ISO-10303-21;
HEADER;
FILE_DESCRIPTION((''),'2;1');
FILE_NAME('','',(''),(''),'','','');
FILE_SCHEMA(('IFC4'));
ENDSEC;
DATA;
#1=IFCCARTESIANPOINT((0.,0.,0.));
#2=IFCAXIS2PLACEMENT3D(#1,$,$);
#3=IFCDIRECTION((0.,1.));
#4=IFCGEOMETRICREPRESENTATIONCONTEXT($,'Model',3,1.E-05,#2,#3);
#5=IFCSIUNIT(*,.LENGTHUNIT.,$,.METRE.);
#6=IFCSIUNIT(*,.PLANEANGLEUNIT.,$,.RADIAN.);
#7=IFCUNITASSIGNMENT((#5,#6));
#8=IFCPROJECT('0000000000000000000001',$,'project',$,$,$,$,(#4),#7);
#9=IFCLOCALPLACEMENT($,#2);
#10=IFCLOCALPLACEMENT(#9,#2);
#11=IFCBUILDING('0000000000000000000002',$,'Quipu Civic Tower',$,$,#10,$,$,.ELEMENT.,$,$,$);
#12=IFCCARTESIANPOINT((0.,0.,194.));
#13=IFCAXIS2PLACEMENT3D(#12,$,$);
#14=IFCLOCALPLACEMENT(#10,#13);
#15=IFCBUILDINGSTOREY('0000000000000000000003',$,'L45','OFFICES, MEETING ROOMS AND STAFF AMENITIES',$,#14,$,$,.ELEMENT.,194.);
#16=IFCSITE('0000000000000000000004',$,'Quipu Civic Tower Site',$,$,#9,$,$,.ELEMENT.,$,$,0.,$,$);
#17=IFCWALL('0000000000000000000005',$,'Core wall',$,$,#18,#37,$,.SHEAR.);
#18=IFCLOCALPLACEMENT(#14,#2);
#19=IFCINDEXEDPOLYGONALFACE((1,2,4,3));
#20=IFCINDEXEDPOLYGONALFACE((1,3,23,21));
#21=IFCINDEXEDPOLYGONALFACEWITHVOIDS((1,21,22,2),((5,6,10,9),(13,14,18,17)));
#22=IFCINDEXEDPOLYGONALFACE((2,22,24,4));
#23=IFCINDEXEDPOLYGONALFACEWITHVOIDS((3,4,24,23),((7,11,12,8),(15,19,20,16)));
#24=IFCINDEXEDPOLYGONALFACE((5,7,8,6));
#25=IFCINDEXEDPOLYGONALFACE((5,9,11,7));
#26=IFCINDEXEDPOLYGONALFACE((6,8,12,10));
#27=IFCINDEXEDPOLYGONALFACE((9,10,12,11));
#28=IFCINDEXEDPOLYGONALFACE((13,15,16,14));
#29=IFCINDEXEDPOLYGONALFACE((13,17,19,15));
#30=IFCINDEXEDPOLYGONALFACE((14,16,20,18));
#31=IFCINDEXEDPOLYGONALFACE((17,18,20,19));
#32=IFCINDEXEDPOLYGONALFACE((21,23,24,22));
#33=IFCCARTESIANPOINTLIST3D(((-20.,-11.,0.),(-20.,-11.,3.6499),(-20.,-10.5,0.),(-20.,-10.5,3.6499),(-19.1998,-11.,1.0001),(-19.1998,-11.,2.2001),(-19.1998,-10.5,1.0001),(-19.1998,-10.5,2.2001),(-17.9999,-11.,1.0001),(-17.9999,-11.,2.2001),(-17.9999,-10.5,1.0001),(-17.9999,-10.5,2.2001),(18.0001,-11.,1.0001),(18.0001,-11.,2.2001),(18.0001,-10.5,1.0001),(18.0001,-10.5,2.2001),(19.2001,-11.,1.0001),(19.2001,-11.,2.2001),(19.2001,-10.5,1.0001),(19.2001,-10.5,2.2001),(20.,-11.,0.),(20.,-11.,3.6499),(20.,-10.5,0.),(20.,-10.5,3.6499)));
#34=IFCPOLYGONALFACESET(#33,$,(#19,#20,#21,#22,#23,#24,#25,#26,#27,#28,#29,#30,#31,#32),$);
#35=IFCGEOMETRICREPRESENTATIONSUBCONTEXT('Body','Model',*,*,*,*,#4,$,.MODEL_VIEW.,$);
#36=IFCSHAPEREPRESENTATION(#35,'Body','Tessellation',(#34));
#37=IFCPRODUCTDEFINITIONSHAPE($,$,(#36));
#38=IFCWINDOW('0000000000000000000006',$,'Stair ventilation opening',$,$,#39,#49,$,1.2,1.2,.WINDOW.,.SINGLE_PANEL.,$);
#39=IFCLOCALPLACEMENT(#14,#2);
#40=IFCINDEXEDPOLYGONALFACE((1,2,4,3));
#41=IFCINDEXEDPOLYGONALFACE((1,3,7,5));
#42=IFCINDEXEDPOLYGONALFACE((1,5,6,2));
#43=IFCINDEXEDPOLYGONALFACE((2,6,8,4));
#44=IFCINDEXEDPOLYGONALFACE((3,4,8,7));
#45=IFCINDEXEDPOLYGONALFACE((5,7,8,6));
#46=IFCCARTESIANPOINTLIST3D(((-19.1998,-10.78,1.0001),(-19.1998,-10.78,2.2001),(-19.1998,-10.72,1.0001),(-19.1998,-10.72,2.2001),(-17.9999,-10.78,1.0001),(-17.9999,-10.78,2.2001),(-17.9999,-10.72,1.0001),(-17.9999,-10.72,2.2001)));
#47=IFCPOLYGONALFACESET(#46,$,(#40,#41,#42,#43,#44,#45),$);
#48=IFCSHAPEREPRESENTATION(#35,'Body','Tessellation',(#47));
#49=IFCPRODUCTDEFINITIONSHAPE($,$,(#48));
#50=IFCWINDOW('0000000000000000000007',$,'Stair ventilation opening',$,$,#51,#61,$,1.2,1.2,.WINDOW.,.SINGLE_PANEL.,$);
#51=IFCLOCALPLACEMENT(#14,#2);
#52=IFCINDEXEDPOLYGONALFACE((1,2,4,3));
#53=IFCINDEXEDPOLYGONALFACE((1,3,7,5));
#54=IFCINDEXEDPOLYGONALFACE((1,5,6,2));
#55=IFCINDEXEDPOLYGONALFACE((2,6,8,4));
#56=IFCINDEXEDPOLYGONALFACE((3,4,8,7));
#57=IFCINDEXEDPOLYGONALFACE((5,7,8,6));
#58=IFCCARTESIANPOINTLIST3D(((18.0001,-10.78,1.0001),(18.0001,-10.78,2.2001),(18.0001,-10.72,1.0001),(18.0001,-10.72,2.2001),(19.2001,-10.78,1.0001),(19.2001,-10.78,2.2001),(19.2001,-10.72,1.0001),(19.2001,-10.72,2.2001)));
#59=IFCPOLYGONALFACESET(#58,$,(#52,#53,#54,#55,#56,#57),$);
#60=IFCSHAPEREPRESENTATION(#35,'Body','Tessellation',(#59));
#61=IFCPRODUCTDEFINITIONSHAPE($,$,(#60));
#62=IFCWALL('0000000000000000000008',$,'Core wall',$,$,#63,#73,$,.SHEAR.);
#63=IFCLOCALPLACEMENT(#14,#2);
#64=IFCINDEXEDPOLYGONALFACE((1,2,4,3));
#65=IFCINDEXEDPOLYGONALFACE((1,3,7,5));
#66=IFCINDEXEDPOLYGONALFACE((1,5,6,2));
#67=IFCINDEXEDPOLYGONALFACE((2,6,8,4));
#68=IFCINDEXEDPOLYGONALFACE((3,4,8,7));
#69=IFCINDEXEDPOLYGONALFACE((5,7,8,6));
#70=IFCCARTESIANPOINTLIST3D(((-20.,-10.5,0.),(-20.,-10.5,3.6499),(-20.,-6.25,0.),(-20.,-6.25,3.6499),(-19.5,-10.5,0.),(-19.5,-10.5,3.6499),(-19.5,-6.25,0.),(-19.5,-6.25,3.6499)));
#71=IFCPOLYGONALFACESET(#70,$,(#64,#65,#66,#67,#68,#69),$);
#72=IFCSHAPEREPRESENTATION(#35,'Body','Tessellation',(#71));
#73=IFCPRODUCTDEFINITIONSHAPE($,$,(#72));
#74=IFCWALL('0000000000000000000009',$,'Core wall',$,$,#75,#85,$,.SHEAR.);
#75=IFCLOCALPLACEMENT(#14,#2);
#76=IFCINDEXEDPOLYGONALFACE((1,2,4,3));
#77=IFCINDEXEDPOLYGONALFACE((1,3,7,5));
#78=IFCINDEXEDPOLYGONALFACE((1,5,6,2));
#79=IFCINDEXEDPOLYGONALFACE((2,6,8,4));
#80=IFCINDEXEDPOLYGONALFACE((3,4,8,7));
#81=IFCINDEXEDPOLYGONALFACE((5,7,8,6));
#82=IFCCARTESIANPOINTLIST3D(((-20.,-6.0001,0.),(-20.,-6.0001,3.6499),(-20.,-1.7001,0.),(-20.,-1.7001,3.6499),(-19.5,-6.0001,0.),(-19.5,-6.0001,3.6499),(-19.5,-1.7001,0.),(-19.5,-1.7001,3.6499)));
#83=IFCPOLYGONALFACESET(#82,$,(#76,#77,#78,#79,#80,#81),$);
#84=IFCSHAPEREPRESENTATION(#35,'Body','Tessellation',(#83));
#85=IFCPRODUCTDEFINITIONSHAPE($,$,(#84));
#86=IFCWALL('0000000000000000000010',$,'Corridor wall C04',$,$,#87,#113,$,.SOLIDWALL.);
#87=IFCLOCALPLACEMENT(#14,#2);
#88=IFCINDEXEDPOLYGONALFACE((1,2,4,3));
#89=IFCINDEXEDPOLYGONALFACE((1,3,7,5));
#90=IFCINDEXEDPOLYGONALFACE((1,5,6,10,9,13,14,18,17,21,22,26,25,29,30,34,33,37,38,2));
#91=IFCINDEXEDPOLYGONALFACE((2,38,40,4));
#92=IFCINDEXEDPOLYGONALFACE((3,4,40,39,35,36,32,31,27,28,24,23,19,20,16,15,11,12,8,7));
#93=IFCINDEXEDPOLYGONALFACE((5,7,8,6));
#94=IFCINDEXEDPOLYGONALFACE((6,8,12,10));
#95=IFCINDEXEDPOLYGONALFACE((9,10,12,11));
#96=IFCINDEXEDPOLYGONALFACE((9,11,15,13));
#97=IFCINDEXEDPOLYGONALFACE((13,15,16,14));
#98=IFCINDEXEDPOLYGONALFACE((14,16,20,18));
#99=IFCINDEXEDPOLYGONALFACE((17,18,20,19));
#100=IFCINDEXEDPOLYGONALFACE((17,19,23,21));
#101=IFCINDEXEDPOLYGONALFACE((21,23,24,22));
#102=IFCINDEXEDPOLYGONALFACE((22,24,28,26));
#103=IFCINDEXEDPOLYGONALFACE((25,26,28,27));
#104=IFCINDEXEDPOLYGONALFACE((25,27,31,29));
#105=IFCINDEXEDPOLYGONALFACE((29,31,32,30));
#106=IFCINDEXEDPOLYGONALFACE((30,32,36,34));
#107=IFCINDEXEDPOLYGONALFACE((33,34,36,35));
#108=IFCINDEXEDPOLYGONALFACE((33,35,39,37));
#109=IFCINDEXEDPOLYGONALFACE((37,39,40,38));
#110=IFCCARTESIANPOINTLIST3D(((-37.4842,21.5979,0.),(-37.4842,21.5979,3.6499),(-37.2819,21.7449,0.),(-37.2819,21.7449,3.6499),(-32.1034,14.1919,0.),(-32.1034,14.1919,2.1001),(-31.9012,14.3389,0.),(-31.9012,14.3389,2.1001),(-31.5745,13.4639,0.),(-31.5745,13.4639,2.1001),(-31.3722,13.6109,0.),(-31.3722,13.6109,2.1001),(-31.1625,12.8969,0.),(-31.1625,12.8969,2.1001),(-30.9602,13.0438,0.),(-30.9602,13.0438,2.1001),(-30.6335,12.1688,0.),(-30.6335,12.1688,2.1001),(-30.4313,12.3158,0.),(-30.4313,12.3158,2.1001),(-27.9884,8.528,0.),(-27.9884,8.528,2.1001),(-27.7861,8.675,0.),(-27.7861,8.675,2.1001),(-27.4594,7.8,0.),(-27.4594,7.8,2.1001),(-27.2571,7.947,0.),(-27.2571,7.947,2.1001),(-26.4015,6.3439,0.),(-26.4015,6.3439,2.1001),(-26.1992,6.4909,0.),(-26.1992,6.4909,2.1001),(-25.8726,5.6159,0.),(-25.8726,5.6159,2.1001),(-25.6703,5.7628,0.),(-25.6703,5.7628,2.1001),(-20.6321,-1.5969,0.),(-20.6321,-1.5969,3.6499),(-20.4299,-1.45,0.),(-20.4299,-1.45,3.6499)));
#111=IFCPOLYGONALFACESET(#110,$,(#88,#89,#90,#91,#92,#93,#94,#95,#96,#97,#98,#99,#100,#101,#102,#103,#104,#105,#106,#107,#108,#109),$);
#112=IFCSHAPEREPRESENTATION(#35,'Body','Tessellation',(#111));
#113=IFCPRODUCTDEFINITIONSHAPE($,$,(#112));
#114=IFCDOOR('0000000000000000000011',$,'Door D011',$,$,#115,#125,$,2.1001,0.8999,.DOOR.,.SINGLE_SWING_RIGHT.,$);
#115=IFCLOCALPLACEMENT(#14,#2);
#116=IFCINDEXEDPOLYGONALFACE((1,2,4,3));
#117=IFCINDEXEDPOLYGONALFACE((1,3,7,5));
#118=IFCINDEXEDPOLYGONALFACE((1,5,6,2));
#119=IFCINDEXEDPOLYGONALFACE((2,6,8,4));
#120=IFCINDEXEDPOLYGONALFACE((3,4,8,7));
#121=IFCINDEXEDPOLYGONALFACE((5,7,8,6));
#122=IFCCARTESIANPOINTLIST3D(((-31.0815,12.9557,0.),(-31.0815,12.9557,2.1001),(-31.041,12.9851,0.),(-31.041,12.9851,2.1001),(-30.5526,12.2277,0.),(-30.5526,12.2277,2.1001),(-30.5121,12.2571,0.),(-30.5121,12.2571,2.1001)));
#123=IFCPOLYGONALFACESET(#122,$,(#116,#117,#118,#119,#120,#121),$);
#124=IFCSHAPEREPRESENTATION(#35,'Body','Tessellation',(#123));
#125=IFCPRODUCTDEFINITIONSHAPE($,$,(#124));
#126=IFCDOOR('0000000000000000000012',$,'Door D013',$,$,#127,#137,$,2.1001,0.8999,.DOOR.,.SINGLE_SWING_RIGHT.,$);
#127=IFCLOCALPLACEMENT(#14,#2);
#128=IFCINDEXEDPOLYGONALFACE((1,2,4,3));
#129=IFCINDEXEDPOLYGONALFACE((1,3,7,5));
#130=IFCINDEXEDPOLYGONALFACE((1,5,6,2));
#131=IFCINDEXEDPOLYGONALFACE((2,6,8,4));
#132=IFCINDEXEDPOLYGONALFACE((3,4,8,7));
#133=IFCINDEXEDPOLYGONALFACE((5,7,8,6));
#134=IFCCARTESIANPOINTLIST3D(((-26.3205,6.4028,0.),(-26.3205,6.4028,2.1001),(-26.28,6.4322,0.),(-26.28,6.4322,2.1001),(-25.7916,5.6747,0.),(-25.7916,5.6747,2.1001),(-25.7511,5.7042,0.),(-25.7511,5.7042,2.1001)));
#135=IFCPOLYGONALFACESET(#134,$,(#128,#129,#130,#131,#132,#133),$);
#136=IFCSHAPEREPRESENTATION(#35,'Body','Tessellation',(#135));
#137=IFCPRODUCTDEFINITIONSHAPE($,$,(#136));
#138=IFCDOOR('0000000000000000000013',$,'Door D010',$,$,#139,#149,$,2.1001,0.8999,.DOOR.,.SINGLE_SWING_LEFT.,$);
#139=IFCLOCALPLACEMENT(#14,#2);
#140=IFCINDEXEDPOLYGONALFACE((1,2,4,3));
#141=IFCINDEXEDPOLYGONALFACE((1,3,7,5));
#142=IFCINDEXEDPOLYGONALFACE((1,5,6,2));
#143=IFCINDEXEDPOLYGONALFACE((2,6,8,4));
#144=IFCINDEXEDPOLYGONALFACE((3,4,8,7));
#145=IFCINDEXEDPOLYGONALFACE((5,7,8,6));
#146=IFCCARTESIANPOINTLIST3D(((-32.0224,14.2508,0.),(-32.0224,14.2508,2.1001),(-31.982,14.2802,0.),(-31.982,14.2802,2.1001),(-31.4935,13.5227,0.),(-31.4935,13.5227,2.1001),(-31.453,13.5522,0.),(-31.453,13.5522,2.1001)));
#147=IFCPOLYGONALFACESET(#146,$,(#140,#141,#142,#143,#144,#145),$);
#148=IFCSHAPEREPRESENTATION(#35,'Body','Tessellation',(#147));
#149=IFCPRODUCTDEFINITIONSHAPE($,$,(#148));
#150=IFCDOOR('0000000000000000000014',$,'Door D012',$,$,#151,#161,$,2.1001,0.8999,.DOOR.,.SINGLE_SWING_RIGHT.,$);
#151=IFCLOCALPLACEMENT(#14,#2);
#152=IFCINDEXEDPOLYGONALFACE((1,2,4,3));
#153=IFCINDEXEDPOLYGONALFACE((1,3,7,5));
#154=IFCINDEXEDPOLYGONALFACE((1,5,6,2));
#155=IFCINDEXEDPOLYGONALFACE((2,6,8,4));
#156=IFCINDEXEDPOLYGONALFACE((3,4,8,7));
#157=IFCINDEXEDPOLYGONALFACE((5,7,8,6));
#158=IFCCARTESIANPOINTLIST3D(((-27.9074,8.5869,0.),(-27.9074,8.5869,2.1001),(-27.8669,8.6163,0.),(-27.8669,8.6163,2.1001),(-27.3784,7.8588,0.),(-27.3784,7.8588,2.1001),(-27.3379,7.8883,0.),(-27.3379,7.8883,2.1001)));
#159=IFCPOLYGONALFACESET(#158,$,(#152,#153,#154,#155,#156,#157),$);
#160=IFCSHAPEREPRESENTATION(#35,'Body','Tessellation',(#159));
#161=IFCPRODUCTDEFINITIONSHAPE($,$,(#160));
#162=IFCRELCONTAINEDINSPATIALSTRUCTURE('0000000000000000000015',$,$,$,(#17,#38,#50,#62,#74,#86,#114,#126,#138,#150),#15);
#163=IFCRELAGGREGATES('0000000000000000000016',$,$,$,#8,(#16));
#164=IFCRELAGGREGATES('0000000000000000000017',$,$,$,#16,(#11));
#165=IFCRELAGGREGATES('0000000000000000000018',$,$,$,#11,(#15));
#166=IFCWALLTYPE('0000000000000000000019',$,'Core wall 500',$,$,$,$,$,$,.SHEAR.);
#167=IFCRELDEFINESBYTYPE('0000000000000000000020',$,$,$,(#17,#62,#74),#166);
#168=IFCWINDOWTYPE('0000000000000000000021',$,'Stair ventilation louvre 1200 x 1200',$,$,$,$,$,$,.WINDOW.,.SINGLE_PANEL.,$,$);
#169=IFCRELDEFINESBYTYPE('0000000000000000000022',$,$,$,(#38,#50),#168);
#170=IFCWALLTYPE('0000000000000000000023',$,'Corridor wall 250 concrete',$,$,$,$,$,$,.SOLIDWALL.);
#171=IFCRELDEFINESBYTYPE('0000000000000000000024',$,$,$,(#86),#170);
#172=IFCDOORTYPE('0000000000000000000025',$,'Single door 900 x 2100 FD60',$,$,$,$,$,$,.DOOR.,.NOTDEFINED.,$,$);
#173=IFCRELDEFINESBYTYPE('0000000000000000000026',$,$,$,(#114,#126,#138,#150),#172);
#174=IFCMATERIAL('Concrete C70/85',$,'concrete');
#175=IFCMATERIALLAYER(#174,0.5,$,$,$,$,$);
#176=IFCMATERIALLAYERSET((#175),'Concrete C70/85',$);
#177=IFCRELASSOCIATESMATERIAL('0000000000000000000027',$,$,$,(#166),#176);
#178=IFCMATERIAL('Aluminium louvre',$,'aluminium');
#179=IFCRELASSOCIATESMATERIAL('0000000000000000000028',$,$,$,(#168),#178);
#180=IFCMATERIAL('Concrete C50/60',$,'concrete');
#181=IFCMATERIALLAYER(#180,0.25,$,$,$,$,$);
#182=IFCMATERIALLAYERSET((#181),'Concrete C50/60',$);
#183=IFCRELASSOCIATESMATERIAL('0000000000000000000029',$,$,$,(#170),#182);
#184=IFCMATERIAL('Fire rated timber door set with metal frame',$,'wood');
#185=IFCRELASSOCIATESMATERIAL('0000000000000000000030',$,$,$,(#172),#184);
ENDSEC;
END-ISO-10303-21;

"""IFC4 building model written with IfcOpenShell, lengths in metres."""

from ifc_helpers import new_model, si_unit, direction, frame, frame_2d, origin, place, context, subcontext, project, spatial, rectangle, extrude, material, layer, layer_set, type_object, element, fill, save


model = new_model("IFC4")

# Units and contexts
model_context = context("Model", 3, precision=1e-05, world=origin(), true_north=direction((0.0, 1.0)))
body_context = subcontext(model_context, "Body", "Model", "MODEL_VIEW")
ifc_project = project(units=[si_unit("LENGTHUNIT", "METRE"), si_unit("PLANEANGLEUNIT", "RADIAN")], contexts=[model_context])

# Site, building, storey
site_placement = place(None, origin())
site = spatial("IfcSite", under=ifc_project, at=site_placement, Name="Quipu Civic Tower Site", CompositionType="ELEMENT", RefElevation=0.0)
building_placement = place(site_placement, origin())
building = spatial("IfcBuilding", under=site, at=building_placement, Name="Quipu Civic Tower", CompositionType="ELEMENT")
storey_placement = place(building_placement, frame((0.0, 0.0, 194.0)))
storey = spatial("IfcBuildingStorey", under=building, at=storey_placement, Name="L45", Description="OFFICES, MEETING ROOMS AND STAFF AMENITIES", CompositionType="ELEMENT", Elevation=194.0)

# Wall, openings, windows
ifc_material_1 = material(Name="Concrete C70/85", Category="concrete")
ifc_layer_1 = layer(ifc_material_1, 0.5)
ifc_layer_set_1 = layer_set([ifc_layer_1], Name="Concrete C70/85")
wall_type_1 = type_object("IfcWallType", Name="Core wall 500", PredefinedType="SHEAR", material=ifc_layer_set_1)
wall_1_placement = place(storey_placement, frame((-20.0, -10.75, 0.0), z_axis=(0.0, 0.0, 1.0), x_axis=(1.0, 0.0, 0.0)))
wall_1 = element("IfcWall", 1, at=wall_1_placement, inside=storey, type_object=wall_type_1, Name="Core wall", PredefinedType="SHEAR", context=body_context, shape_type="SweptSolid", body=[
    extrude(rectangle(XDim=40.0, YDim=0.5, at=frame_2d((20.0, 0.0))), origin(), (0.0, 0.0, 1.0), 3.6499),
])
opening_1_placement = place(wall_1_placement, frame((0.8, 0.0, 1.0)))
opening_1 = element("IfcOpeningElement", 2, at=opening_1_placement, cuts=wall_1, PredefinedType="OPENING", context=body_context, shape_type="SweptSolid", body=[
    extrude(rectangle(XDim=1.2, YDim=1.2, at=frame_2d((0.6001, 0.6001))), frame((0.0, 0.26, 0.0), z_axis=(0.0, -1.0, 0.0), x_axis=(1.0, 0.0, 0.0)), (0.0, 0.0, 1.0), 0.52),
])
opening_2_placement = place(wall_1_placement, frame((38.0, 0.0, 1.0)))
opening_2 = element("IfcOpeningElement", 3, at=opening_2_placement, cuts=wall_1, PredefinedType="OPENING", context=body_context, shape_type="SweptSolid", body=[
    extrude(rectangle(XDim=1.2, YDim=1.2, at=frame_2d((0.6001, 0.6001))), frame((0.0, 0.26, 0.0), z_axis=(0.0, -1.0, 0.0), x_axis=(1.0, 0.0, 0.0)), (0.0, 0.0, 1.0), 0.52),
])
ifc_material_2 = material(Name="Aluminium louvre", Category="aluminium")
window_type = type_object("IfcWindowType", Name="Stair ventilation louvre 1200 x 1200", PartitioningType="SINGLE_PANEL", PredefinedType="WINDOW", material=ifc_material_2)
window_1_placement = place(opening_1_placement, origin())
window_1 = element("IfcWindow", 4, at=window_1_placement, inside=storey, type_object=window_type, Name="Stair ventilation opening", OverallHeight=1.2, OverallWidth=1.2, PartitioningType="SINGLE_PANEL", PredefinedType="WINDOW", context=body_context, shape_type="SweptSolid", body=[
    extrude(rectangle(XDim=1.2, YDim=1.2, at=frame_2d((0.6001, 0.6001))), frame((0.0, 0.03, 0.0), z_axis=(0.0, -1.0, 0.0), x_axis=(1.0, 0.0, 0.0)), (0.0, 0.0, 1.0), 0.0601),
])
fill(opening_1, window_1)
window_2_placement = place(opening_2_placement, origin())
window_2 = element("IfcWindow", 5, at=window_2_placement, inside=storey, type_object=window_type, Name="Stair ventilation opening", OverallHeight=1.2, OverallWidth=1.2, PartitioningType="SINGLE_PANEL", PredefinedType="WINDOW", context=body_context, shape_type="SweptSolid", body=[
    extrude(rectangle(XDim=1.2, YDim=1.2, at=frame_2d((0.6001, 0.6001))), frame((0.0, 0.03, 0.0), z_axis=(0.0, -1.0, 0.0), x_axis=(1.0, 0.0, 0.0)), (0.0, 0.0, 1.0), 0.0601),
])
fill(opening_2, window_2)

# Walls
wall_2_placement = place(storey_placement, frame((-19.75, -10.5, 0.0), z_axis=(0.0, 0.0, 1.0), x_axis=(0.0, 1.0, 0.0)))
element("IfcWall", 6, at=wall_2_placement, inside=storey, type_object=wall_type_1, Name="Core wall", PredefinedType="SHEAR", context=body_context, shape_type="SweptSolid", body=[
    extrude(rectangle(XDim=4.25, YDim=0.5, at=frame_2d((2.125, 0.0))), origin(), (0.0, 0.0, 1.0), 3.6499),
])
wall_3_placement = place(storey_placement, frame((-19.75, -6.0, 0.0), z_axis=(0.0, 0.0, 1.0), x_axis=(0.0, 1.0, 0.0)))
element("IfcWall", 7, at=wall_3_placement, inside=storey, type_object=wall_type_1, Name="Core wall", PredefinedType="SHEAR", context=body_context, shape_type="SweptSolid", body=[
    extrude(rectangle(XDim=4.3, YDim=0.5, at=frame_2d((2.1499, 0.0))), origin(), (0.0, 0.0, 1.0), 3.6499),
])

# Wall, openings, doors
ifc_material_3 = material(Name="Concrete C50/60", Category="concrete")
ifc_layer_2 = layer(ifc_material_3, 0.25)
ifc_layer_set_2 = layer_set([ifc_layer_2], Name="Concrete C50/60")
wall_type_2 = type_object("IfcWallType", Name="Corridor wall 250 concrete", PredefinedType="SOLIDWALL", material=ifc_layer_set_2)
wall_4_placement = place(storey_placement, frame((-20.531, -1.5234, 0.0), z_axis=(0.0, 0.0, 1.0), x_axis=(-0.587786, 0.809017, 0.0)))
wall_4 = element("IfcWall", 8, at=wall_4_placement, inside=storey, type_object=wall_type_2, Name="Corridor wall C04", PredefinedType="SOLIDWALL", context=body_context, shape_type="SweptSolid", body=[
    extrude(rectangle(XDim=28.6704, YDim=0.25, at=frame_2d((14.3352, 0.0))), origin(), (0.0, 0.0, 1.0), 3.6499),
])
opening_3_placement = place(wall_4_placement, frame((17.0154, 0.0, 0.0)))
opening_3 = element("IfcOpeningElement", 9, at=opening_3_placement, cuts=wall_4, PredefinedType="OPENING", context=body_context, shape_type="SweptSolid", body=[
    extrude(rectangle(XDim=0.8999, YDim=2.1001, at=frame_2d((0.45, 1.05))), frame((0.0, 0.135, 0.0), z_axis=(0.0, -1.0, 0.0), x_axis=(1.0, 0.0, 0.0)), (0.0, 0.0, 1.0), 0.27),
])
opening_4_placement = place(wall_4_placement, frame((8.9155, 0.0, 0.0)))
opening_4 = element("IfcOpeningElement", 10, at=opening_4_placement, cuts=wall_4, PredefinedType="OPENING", context=body_context, shape_type="SweptSolid", body=[
    extrude(rectangle(XDim=0.8999, YDim=2.1001, at=frame_2d((0.45, 1.05))), frame((0.0, 0.135, 0.0), z_axis=(0.0, -1.0, 0.0), x_axis=(1.0, 0.0, 0.0)), (0.0, 0.0, 1.0), 0.27),
])
opening_5_placement = place(wall_4_placement, frame((18.6162, 0.0, 0.0)))
opening_5 = element("IfcOpeningElement", 11, at=opening_5_placement, cuts=wall_4, PredefinedType="OPENING", context=body_context, shape_type="SweptSolid", body=[
    extrude(rectangle(XDim=0.8999, YDim=2.1001, at=frame_2d((0.45, 1.05))), frame((0.0, 0.135, 0.0), z_axis=(0.0, -1.0, 0.0), x_axis=(1.0, 0.0, 0.0)), (0.0, 0.0, 1.0), 0.27),
])
opening_6_placement = place(wall_4_placement, frame((11.6152, 0.0, 0.0)))
opening_6 = element("IfcOpeningElement", 12, at=opening_6_placement, cuts=wall_4, PredefinedType="OPENING", context=body_context, shape_type="SweptSolid", body=[
    extrude(rectangle(XDim=0.8999, YDim=2.1001, at=frame_2d((0.45, 1.05))), frame((0.0, 0.135, 0.0), z_axis=(0.0, -1.0, 0.0), x_axis=(1.0, 0.0, 0.0)), (0.0, 0.0, 1.0), 0.27),
])
ifc_material_4 = material(Name="Fire rated timber door set with metal frame", Category="wood")
door_type_1 = type_object("IfcDoorType", Name="Single door 900 x 2100 FD60", OperationType="NOTDEFINED", PredefinedType="DOOR", material=ifc_material_4)
door_1_placement = place(opening_3_placement, origin())
door_1 = element("IfcDoor", 13, at=door_1_placement, inside=storey, type_object=door_type_1, Name="Door D011", OperationType="SINGLE_SWING_RIGHT", OverallHeight=2.1001, OverallWidth=0.8999, PredefinedType="DOOR", context=body_context, shape_type="SweptSolid", body=[
    extrude(rectangle(XDim=0.8999, YDim=2.1001, at=frame_2d((0.45, 1.05))), frame((0.0, 0.0249, 0.0), z_axis=(0.0, -1.0, 0.0), x_axis=(1.0, 0.0, 0.0)), (0.0, 0.0, 1.0), 0.05),
])
fill(opening_3, door_1)
door_2_placement = place(opening_4_placement, origin())
door_2 = element("IfcDoor", 14, at=door_2_placement, inside=storey, type_object=door_type_1, Name="Door D013", OperationType="SINGLE_SWING_RIGHT", OverallHeight=2.1001, OverallWidth=0.8999, PredefinedType="DOOR", context=body_context, shape_type="SweptSolid", body=[
    extrude(rectangle(XDim=0.8999, YDim=2.1001, at=frame_2d((0.45, 1.05))), frame((0.0, 0.0249, 0.0), z_axis=(0.0, -1.0, 0.0), x_axis=(1.0, 0.0, 0.0)), (0.0, 0.0, 1.0), 0.05),
])
fill(opening_4, door_2)
door_3_placement = place(opening_5_placement, origin())
door_3 = element("IfcDoor", 15, at=door_3_placement, inside=storey, type_object=door_type_1, Name="Door D010", OperationType="SINGLE_SWING_LEFT", OverallHeight=2.1001, OverallWidth=0.8999, PredefinedType="DOOR", context=body_context, shape_type="SweptSolid", body=[
    extrude(rectangle(XDim=0.8999, YDim=2.1001, at=frame_2d((0.45, 1.05))), frame((0.0, 0.0249, 0.0), z_axis=(0.0, -1.0, 0.0), x_axis=(1.0, 0.0, 0.0)), (0.0, 0.0, 1.0), 0.05),
])
fill(opening_5, door_3)
door_4_placement = place(opening_6_placement, origin())
door_4 = element("IfcDoor", 16, at=door_4_placement, inside=storey, type_object=door_type_1, Name="Door D012", OperationType="SINGLE_SWING_RIGHT", OverallHeight=2.1001, OverallWidth=0.8999, PredefinedType="DOOR", context=body_context, shape_type="SweptSolid", body=[
    extrude(rectangle(XDim=0.8999, YDim=2.1001, at=frame_2d((0.45, 1.05))), frame((0.0, 0.0249, 0.0), z_axis=(0.0, -1.0, 0.0), x_axis=(1.0, 0.0, 0.0)), (0.0, 0.0, 1.0), 0.05),
])
fill(opening_6, door_4)

save(model, "model.ifc")
